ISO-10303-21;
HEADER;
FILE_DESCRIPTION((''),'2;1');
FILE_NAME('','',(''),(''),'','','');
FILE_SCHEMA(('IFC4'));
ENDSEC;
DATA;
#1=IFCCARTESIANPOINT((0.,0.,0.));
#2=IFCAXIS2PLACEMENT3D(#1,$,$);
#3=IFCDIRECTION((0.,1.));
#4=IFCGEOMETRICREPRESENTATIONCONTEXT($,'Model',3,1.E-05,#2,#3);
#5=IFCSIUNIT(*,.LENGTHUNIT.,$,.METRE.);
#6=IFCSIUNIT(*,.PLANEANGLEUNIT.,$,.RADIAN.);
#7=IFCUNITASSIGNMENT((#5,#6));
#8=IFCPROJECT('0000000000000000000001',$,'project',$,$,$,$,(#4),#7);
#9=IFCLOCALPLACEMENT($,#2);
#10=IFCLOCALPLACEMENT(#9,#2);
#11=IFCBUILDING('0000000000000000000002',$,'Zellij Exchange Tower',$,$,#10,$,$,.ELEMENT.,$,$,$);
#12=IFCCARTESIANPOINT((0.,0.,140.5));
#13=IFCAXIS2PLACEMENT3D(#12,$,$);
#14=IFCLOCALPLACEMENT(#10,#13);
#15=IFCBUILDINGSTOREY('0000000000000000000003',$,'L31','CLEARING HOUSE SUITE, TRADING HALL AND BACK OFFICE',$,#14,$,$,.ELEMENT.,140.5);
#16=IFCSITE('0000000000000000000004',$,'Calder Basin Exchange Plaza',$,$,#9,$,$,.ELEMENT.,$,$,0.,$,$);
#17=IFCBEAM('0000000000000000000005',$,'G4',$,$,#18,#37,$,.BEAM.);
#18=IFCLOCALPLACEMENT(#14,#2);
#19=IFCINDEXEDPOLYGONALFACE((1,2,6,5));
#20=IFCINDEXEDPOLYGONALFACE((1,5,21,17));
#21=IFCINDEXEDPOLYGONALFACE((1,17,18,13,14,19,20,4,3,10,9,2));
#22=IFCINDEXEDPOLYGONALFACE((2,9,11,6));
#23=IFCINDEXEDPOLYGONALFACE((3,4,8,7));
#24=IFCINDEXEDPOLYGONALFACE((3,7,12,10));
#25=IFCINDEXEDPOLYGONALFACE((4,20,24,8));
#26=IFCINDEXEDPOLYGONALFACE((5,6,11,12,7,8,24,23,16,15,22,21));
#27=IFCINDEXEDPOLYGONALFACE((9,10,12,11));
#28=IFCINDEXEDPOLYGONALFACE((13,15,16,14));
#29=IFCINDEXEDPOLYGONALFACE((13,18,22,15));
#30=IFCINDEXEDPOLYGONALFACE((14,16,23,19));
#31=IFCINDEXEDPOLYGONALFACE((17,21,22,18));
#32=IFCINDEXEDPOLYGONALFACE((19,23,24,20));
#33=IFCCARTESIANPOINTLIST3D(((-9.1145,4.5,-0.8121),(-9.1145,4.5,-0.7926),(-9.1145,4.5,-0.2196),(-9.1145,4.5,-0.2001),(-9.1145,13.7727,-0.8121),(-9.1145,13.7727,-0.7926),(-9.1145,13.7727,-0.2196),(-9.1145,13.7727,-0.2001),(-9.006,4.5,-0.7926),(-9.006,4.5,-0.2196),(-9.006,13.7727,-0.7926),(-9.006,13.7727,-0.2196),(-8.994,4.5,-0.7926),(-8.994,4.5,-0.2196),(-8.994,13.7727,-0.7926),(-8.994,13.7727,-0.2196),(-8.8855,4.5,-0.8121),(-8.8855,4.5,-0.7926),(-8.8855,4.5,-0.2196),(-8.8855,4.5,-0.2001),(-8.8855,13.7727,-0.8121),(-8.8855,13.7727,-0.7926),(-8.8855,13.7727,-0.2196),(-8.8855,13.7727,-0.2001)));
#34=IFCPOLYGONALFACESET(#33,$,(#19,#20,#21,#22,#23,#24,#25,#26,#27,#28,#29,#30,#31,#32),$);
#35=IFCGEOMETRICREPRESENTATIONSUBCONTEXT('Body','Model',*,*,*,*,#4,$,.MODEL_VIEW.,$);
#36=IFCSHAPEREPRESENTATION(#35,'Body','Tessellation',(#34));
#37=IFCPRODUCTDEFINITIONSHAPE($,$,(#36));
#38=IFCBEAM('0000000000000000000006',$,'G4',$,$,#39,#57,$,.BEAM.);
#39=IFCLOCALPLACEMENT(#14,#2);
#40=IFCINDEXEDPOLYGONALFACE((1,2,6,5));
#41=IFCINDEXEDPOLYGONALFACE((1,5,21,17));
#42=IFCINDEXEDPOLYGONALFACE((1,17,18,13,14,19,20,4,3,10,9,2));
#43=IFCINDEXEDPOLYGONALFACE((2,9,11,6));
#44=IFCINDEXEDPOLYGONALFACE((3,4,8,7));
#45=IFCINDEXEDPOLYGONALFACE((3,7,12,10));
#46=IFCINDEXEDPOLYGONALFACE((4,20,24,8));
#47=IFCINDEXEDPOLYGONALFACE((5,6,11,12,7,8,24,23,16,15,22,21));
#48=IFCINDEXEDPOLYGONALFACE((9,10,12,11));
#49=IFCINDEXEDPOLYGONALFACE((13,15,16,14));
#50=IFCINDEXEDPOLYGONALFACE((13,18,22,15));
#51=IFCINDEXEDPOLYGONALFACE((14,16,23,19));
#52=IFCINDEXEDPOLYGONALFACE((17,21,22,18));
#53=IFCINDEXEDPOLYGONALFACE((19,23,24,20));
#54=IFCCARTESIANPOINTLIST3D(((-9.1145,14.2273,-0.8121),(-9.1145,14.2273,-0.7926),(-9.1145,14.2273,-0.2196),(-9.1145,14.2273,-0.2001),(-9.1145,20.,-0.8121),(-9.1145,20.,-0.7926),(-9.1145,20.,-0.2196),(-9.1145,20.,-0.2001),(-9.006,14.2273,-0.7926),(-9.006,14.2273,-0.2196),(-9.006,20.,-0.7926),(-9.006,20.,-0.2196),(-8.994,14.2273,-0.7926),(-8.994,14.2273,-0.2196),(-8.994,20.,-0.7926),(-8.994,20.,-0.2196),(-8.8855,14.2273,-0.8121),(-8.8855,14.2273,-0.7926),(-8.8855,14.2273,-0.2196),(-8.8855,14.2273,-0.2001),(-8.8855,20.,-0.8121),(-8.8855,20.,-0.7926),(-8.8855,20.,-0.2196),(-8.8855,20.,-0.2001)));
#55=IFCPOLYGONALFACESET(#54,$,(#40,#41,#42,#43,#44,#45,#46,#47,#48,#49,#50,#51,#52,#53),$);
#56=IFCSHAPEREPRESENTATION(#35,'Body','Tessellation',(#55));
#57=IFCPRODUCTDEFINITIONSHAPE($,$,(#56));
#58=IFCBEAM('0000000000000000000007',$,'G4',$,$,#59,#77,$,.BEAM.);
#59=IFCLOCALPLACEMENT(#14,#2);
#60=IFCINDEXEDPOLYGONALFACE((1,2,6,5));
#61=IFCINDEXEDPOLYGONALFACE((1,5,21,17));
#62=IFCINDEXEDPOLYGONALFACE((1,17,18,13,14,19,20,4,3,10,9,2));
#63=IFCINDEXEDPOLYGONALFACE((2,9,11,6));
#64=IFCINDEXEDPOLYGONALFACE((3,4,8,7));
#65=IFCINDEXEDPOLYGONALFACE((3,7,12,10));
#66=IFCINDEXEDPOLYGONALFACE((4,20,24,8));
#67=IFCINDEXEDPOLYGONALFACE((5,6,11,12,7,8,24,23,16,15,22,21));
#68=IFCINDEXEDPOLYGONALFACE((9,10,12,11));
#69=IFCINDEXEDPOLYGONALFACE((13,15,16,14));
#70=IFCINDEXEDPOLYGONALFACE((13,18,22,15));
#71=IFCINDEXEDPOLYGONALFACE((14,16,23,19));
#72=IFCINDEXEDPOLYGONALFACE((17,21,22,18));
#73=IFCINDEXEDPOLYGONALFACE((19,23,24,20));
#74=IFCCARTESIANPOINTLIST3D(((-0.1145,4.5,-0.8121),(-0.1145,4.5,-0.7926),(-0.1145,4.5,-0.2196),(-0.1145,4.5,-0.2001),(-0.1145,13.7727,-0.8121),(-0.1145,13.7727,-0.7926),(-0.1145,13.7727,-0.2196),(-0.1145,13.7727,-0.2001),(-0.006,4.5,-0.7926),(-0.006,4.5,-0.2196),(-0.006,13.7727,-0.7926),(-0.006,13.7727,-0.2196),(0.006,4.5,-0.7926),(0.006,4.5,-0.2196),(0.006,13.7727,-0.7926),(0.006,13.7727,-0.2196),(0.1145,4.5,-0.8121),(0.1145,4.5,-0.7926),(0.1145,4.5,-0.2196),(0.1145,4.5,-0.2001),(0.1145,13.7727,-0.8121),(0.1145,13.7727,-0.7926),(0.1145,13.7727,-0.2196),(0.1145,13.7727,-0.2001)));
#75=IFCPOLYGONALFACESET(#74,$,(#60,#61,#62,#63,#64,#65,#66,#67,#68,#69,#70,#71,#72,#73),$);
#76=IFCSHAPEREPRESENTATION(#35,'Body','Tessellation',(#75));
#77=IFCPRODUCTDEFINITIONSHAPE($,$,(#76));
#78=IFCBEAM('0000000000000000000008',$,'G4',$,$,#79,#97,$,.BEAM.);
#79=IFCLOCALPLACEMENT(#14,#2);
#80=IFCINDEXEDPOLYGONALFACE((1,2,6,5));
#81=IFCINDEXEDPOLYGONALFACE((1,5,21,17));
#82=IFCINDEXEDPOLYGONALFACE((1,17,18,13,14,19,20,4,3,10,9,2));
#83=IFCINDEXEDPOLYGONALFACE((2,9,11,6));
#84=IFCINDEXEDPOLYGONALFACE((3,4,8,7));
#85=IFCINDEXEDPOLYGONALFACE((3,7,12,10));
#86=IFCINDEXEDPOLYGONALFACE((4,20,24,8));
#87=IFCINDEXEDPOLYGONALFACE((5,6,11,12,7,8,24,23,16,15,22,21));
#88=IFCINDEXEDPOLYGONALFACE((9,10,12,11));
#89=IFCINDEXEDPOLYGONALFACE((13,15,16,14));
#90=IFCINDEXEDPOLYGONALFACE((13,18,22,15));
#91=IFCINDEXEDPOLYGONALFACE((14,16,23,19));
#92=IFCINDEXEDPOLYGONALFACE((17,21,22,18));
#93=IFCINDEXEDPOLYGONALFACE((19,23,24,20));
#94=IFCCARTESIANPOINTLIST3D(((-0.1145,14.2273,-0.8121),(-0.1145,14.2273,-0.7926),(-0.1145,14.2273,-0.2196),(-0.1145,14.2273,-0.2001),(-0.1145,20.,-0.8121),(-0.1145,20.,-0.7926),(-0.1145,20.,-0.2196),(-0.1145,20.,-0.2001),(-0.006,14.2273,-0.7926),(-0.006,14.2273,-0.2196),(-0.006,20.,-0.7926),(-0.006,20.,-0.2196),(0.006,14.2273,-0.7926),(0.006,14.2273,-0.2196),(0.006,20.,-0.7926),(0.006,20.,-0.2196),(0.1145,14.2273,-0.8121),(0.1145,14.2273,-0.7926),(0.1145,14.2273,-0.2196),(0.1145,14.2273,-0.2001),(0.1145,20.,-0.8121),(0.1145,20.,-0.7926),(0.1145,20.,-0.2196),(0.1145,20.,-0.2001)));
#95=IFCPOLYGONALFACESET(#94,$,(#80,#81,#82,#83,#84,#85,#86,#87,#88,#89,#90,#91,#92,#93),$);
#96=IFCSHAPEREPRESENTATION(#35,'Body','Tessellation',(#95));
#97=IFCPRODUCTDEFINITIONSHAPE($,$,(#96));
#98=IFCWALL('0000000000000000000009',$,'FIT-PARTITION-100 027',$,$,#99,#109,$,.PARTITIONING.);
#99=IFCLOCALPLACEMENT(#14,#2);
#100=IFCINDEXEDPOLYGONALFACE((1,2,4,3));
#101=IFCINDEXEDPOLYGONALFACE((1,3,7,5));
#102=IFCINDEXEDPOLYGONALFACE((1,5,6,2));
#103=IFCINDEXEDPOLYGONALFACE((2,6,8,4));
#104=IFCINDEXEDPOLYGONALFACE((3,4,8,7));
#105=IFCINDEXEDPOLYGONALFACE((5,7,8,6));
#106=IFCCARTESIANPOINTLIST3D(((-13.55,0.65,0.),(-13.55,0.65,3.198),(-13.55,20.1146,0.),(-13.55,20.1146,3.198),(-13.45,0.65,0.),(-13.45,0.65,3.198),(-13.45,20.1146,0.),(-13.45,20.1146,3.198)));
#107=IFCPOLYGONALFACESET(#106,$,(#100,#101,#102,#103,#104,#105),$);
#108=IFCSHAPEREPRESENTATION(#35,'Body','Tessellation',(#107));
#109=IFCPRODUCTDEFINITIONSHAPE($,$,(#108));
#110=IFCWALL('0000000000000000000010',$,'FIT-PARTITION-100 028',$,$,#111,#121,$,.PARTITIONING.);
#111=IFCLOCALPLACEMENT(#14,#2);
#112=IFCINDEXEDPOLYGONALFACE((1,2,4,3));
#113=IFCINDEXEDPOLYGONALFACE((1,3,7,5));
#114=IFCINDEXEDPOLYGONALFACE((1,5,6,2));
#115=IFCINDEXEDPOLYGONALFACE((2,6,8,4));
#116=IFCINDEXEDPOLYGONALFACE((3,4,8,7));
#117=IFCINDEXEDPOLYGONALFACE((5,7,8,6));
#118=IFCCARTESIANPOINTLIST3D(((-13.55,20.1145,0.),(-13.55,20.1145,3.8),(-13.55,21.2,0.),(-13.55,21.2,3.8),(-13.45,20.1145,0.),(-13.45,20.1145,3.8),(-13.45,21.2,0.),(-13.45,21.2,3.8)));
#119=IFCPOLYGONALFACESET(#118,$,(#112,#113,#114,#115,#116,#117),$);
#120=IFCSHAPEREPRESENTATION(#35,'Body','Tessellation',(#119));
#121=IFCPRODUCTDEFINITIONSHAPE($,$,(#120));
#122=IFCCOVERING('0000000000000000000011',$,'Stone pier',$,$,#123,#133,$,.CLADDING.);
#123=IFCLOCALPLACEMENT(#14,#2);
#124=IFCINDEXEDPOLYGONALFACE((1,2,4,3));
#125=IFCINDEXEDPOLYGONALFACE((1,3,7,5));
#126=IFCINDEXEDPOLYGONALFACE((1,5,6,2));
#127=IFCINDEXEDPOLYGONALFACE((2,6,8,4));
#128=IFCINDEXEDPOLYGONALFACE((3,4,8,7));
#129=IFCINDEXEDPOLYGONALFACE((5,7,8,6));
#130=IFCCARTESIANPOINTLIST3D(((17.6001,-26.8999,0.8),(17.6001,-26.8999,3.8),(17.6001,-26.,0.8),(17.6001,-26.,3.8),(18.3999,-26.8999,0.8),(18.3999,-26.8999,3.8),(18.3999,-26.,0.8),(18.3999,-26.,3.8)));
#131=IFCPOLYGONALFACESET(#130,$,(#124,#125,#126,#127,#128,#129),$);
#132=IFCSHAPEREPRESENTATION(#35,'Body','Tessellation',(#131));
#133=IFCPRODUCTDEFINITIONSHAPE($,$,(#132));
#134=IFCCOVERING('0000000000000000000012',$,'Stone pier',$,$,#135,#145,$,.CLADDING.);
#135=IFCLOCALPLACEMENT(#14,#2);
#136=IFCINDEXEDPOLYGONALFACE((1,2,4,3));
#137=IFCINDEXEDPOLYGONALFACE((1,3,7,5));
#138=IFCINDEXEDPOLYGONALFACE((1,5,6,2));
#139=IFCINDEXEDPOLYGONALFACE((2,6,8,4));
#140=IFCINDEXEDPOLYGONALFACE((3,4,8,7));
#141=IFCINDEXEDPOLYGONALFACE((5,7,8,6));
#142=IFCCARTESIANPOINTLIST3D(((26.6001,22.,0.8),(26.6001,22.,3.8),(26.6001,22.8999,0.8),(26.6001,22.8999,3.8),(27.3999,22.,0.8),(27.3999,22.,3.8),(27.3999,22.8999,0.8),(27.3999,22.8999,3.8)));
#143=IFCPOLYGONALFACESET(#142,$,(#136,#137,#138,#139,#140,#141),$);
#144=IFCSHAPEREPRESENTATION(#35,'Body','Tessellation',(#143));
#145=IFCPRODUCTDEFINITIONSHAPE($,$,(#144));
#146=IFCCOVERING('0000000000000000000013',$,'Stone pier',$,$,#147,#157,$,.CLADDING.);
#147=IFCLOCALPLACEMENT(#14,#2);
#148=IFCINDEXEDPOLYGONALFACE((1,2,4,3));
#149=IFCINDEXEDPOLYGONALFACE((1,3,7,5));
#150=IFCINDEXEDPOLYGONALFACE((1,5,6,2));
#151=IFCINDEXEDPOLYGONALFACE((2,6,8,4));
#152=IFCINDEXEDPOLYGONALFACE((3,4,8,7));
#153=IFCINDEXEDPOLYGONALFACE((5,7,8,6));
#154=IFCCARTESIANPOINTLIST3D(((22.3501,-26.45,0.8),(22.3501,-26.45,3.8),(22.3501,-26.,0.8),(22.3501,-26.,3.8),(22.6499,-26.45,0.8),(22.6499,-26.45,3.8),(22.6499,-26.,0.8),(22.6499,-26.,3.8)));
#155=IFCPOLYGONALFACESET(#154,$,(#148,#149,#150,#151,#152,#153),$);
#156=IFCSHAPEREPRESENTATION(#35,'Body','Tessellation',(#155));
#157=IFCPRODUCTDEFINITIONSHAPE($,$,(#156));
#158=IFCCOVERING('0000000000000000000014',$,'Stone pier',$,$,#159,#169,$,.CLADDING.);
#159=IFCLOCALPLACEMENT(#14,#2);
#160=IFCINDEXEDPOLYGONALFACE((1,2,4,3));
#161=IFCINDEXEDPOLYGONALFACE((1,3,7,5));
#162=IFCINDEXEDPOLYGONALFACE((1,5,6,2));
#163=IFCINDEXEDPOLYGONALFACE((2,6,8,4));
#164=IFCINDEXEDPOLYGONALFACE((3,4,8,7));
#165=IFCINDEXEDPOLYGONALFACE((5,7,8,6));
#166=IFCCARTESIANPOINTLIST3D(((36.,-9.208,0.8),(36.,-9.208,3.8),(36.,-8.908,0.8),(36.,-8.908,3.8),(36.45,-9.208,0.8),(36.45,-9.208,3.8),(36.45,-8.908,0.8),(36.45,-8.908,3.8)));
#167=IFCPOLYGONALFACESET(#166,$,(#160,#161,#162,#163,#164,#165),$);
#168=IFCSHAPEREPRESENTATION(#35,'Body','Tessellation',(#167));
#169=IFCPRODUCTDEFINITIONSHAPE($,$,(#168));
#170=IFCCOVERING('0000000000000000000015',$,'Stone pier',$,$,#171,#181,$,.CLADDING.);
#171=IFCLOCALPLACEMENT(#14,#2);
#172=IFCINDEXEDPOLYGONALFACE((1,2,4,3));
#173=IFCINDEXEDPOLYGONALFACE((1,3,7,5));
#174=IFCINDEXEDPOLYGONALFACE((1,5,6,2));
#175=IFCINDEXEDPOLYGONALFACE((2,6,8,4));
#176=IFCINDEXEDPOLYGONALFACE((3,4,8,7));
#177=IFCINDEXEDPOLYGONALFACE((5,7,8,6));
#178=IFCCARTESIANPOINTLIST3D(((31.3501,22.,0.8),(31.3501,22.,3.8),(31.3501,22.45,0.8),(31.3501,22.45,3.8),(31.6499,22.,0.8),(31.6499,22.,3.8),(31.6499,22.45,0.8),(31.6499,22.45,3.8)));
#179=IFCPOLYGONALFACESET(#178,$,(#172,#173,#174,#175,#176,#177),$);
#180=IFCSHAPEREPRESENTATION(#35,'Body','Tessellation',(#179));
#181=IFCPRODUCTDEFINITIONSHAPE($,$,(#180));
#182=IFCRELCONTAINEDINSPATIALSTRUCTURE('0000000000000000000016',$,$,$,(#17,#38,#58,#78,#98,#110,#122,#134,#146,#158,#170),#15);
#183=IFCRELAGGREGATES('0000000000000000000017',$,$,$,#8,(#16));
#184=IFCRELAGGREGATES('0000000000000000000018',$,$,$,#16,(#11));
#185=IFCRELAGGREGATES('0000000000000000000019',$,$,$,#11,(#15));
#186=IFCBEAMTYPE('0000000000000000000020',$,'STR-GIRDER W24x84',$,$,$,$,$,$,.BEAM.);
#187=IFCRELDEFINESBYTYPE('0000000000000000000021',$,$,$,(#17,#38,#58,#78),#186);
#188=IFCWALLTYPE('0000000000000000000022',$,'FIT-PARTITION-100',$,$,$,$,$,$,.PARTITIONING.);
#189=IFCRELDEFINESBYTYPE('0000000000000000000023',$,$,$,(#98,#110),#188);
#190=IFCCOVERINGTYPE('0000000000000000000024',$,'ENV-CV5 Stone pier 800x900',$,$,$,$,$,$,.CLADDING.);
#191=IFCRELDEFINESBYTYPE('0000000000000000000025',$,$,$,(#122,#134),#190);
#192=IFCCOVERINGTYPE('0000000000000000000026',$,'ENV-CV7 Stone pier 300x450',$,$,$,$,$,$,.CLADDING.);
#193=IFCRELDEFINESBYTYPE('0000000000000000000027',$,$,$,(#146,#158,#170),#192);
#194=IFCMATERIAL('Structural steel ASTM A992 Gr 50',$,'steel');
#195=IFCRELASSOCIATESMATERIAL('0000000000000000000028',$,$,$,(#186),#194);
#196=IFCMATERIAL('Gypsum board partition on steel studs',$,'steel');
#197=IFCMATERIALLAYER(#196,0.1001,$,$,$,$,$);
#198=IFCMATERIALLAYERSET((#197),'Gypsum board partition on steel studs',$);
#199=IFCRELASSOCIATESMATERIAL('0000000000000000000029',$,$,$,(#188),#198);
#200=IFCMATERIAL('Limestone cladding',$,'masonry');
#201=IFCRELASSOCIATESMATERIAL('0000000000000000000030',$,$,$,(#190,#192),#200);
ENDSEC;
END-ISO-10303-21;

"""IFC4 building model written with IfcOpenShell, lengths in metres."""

from ifc_helpers import new_model, si_unit, direction, frame, frame_2d, origin, origin_2d, place, context, subcontext, project, spatial, polyline, rectangle, i_section, outline, extrude, material, layer, layer_set, material_profile, profile_set, type_object, element, save


model = new_model("IFC4")

# Units and contexts
model_context = context("Model", 3, precision=1e-05, world=origin(), true_north=direction((0.0, 1.0)))
body_context = subcontext(model_context, "Body", "Model", "MODEL_VIEW")
ifc_project = project(units=[si_unit("LENGTHUNIT", "METRE"), si_unit("PLANEANGLEUNIT", "RADIAN")], contexts=[model_context])

# Site, building, storey
site_placement = place(None, origin())
site = spatial("IfcSite", under=ifc_project, at=site_placement, Name="Calder Basin Exchange Plaza", CompositionType="ELEMENT", RefElevation=0.0)
building_placement = place(site_placement, origin())
building = spatial("IfcBuilding", under=site, at=building_placement, Name="Zellij Exchange Tower", CompositionType="ELEMENT")
storey_placement = place(building_placement, frame((0.0, 0.0, 140.5)))
storey = spatial("IfcBuildingStorey", under=building, at=storey_placement, Name="L31", Description="CLEARING HOUSE SUITE, TRADING HALL AND BACK OFFICE", CompositionType="ELEMENT", Elevation=140.5)

# Beams
ifc_material_1 = material(Name="Structural steel ASTM A992 Gr 50", Category="steel")
ifc_material_profile_1 = material_profile(ifc_material_1, i_section(OverallWidth=0.229, OverallDepth=0.6121, WebThickness=0.012, FlangeThickness=0.0195, at=origin_2d()), Name="W24x84")
ifc_profile_set_1 = profile_set([ifc_material_profile_1], Name="Structural steel ASTM A992 Gr 50")
beam_type = type_object("IfcBeamType", Name="STR-GIRDER W24x84", PredefinedType="BEAM", material=ifc_profile_set_1)
beam_1_placement = place(storey_placement, frame((-9.0, 4.5, -0.5061), z_axis=(0.0, 1.0, 0.0), x_axis=(-1.0, 0.0, 0.0)))
element("IfcBeam", 1, at=beam_1_placement, inside=storey, type_object=beam_type, Name="G4", PredefinedType="BEAM", context=body_context, shape_type="SweptSolid", body=[
    extrude(i_section(OverallWidth=0.229, OverallDepth=0.6121, WebThickness=0.012, FlangeThickness=0.0195, at=origin_2d()), origin(), (0.0, 0.0, 1.0), 9.2727),
])
beam_2_placement = place(storey_placement, frame((-9.0, 14.2273, -0.5061), z_axis=(0.0, 1.0, 0.0), x_axis=(-1.0, 0.0, 0.0)))
element("IfcBeam", 2, at=beam_2_placement, inside=storey, type_object=beam_type, Name="G4", PredefinedType="BEAM", context=body_context, shape_type="SweptSolid", body=[
    extrude(i_section(OverallWidth=0.229, OverallDepth=0.6121, WebThickness=0.012, FlangeThickness=0.0195, at=origin_2d()), origin(), (0.0, 0.0, 1.0), 5.7727),
])
beam_3_placement = place(storey_placement, frame((0.0, 4.5, -0.5061), z_axis=(0.0, 1.0, 0.0), x_axis=(-1.0, 0.0, 0.0)))
element("IfcBeam", 3, at=beam_3_placement, inside=storey, type_object=beam_type, Name="G4", PredefinedType="BEAM", context=body_context, shape_type="SweptSolid", body=[
    extrude(i_section(OverallWidth=0.229, OverallDepth=0.6121, WebThickness=0.012, FlangeThickness=0.0195, at=origin_2d()), origin(), (0.0, 0.0, 1.0), 9.2727),
])
beam_4_placement = place(storey_placement, frame((0.0, 14.2273, -0.5061), z_axis=(0.0, 1.0, 0.0), x_axis=(-1.0, 0.0, 0.0)))
element("IfcBeam", 4, at=beam_4_placement, inside=storey, type_object=beam_type, Name="G4", PredefinedType="BEAM", context=body_context, shape_type="SweptSolid", body=[
    extrude(i_section(OverallWidth=0.229, OverallDepth=0.6121, WebThickness=0.012, FlangeThickness=0.0195, at=origin_2d()), origin(), (0.0, 0.0, 1.0), 5.7727),
])

# Walls
ifc_material_2 = material(Name="Gypsum board partition on steel studs", Category="steel")
ifc_layer = layer(ifc_material_2, 0.1001)
ifc_layer_set = layer_set([ifc_layer], Name="Gypsum board partition on steel studs")
wall_type = type_object("IfcWallType", Name="FIT-PARTITION-100", PredefinedType="PARTITIONING", material=ifc_layer_set)
wall_1_placement = place(storey_placement, frame((-13.5, 0.6499, 0.0), z_axis=(0.0, 0.0, 1.0), x_axis=(0.0, 1.0, 0.0)))
element("IfcWall", 5, at=wall_1_placement, inside=storey, type_object=wall_type, Name="FIT-PARTITION-100 027", PredefinedType="PARTITIONING", context=body_context, shape_type="SweptSolid", body=[
    extrude(rectangle(XDim=19.4646, YDim=0.1001, at=frame_2d((9.7324, 0.0))), origin(), (0.0, 0.0, 1.0), 3.198),
])
wall_2_placement = place(storey_placement, frame((-13.5, 20.1145, 0.0), z_axis=(0.0, 0.0, 1.0), x_axis=(0.0, 1.0, 0.0)))
element("IfcWall", 6, at=wall_2_placement, inside=storey, type_object=wall_type, Name="FIT-PARTITION-100 028", PredefinedType="PARTITIONING", context=body_context, shape_type="SweptSolid", body=[
    extrude(rectangle(XDim=1.0854, YDim=0.1001, at=frame_2d((0.5427, 0.0))), origin(), (0.0, 0.0, 1.0), 3.8),
])

# Coverings
ifc_material_3 = material(Name="Limestone cladding", Category="masonry")
covering_type_1 = type_object("IfcCoveringType", Name="ENV-CV5 Stone pier 800x900", PredefinedType="CLADDING", material=ifc_material_3)
covering_1_placement = place(storey_placement, frame((0.0, 0.0, 0.8)))
element("IfcCovering", 7, at=covering_1_placement, inside=storey, type_object=covering_type_1, Name="Stone pier", PredefinedType="CLADDING", context=body_context, shape_type="SweptSolid", body=[
    extrude(outline(polyline([(17.6001, -26.0), (18.3999, -26.0), (18.3999, -26.8999), (17.6001, -26.8999), (17.6001, -26.0)])), origin(), (0.0, 0.0, 1.0), 3.0),
])
covering_2_placement = place(storey_placement, frame((0.0, 0.0, 0.8)))
element("IfcCovering", 8, at=covering_2_placement, inside=storey, type_object=covering_type_1, Name="Stone pier", PredefinedType="CLADDING", context=body_context, shape_type="SweptSolid", body=[
    extrude(outline(polyline([(27.3999, 22.0), (26.6001, 22.0), (26.6001, 22.8999), (27.3999, 22.8999), (27.3999, 22.0)])), origin(), (0.0, 0.0, 1.0), 3.0),
])
covering_type_2 = type_object("IfcCoveringType", Name="ENV-CV7 Stone pier 300x450", PredefinedType="CLADDING", material=ifc_material_3)
covering_3_placement = place(storey_placement, frame((0.0, 0.0, 0.8)))
element("IfcCovering", 9, at=covering_3_placement, inside=storey, type_object=covering_type_2, Name="Stone pier", PredefinedType="CLADDING", context=body_context, shape_type="SweptSolid", body=[
    extrude(outline(polyline([(22.3501, -26.0), (22.6499, -26.0), (22.6499, -26.45), (22.3501, -26.45), (22.3501, -26.0)])), origin(), (0.0, 0.0, 1.0), 3.0),
])
covering_4_placement = place(storey_placement, frame((0.0, 0.0, 0.8)))
element("IfcCovering", 10, at=covering_4_placement, inside=storey, type_object=covering_type_2, Name="Stone pier", PredefinedType="CLADDING", context=body_context, shape_type="SweptSolid", body=[
    extrude(outline(polyline([(36.0, -9.208), (36.0, -8.908), (36.45, -8.908), (36.45, -9.208), (36.0, -9.208)])), origin(), (0.0, 0.0, 1.0), 3.0),
])
covering_5_placement = place(storey_placement, frame((0.0, 0.0, 0.8)))
element("IfcCovering", 11, at=covering_5_placement, inside=storey, type_object=covering_type_2, Name="Stone pier", PredefinedType="CLADDING", context=body_context, shape_type="SweptSolid", body=[
    extrude(outline(polyline([(31.6499, 22.0), (31.3501, 22.0), (31.3501, 22.45), (31.6499, 22.45), (31.6499, 22.0)])), origin(), (0.0, 0.0, 1.0), 3.0),
])

save(model, "model.ifc")
